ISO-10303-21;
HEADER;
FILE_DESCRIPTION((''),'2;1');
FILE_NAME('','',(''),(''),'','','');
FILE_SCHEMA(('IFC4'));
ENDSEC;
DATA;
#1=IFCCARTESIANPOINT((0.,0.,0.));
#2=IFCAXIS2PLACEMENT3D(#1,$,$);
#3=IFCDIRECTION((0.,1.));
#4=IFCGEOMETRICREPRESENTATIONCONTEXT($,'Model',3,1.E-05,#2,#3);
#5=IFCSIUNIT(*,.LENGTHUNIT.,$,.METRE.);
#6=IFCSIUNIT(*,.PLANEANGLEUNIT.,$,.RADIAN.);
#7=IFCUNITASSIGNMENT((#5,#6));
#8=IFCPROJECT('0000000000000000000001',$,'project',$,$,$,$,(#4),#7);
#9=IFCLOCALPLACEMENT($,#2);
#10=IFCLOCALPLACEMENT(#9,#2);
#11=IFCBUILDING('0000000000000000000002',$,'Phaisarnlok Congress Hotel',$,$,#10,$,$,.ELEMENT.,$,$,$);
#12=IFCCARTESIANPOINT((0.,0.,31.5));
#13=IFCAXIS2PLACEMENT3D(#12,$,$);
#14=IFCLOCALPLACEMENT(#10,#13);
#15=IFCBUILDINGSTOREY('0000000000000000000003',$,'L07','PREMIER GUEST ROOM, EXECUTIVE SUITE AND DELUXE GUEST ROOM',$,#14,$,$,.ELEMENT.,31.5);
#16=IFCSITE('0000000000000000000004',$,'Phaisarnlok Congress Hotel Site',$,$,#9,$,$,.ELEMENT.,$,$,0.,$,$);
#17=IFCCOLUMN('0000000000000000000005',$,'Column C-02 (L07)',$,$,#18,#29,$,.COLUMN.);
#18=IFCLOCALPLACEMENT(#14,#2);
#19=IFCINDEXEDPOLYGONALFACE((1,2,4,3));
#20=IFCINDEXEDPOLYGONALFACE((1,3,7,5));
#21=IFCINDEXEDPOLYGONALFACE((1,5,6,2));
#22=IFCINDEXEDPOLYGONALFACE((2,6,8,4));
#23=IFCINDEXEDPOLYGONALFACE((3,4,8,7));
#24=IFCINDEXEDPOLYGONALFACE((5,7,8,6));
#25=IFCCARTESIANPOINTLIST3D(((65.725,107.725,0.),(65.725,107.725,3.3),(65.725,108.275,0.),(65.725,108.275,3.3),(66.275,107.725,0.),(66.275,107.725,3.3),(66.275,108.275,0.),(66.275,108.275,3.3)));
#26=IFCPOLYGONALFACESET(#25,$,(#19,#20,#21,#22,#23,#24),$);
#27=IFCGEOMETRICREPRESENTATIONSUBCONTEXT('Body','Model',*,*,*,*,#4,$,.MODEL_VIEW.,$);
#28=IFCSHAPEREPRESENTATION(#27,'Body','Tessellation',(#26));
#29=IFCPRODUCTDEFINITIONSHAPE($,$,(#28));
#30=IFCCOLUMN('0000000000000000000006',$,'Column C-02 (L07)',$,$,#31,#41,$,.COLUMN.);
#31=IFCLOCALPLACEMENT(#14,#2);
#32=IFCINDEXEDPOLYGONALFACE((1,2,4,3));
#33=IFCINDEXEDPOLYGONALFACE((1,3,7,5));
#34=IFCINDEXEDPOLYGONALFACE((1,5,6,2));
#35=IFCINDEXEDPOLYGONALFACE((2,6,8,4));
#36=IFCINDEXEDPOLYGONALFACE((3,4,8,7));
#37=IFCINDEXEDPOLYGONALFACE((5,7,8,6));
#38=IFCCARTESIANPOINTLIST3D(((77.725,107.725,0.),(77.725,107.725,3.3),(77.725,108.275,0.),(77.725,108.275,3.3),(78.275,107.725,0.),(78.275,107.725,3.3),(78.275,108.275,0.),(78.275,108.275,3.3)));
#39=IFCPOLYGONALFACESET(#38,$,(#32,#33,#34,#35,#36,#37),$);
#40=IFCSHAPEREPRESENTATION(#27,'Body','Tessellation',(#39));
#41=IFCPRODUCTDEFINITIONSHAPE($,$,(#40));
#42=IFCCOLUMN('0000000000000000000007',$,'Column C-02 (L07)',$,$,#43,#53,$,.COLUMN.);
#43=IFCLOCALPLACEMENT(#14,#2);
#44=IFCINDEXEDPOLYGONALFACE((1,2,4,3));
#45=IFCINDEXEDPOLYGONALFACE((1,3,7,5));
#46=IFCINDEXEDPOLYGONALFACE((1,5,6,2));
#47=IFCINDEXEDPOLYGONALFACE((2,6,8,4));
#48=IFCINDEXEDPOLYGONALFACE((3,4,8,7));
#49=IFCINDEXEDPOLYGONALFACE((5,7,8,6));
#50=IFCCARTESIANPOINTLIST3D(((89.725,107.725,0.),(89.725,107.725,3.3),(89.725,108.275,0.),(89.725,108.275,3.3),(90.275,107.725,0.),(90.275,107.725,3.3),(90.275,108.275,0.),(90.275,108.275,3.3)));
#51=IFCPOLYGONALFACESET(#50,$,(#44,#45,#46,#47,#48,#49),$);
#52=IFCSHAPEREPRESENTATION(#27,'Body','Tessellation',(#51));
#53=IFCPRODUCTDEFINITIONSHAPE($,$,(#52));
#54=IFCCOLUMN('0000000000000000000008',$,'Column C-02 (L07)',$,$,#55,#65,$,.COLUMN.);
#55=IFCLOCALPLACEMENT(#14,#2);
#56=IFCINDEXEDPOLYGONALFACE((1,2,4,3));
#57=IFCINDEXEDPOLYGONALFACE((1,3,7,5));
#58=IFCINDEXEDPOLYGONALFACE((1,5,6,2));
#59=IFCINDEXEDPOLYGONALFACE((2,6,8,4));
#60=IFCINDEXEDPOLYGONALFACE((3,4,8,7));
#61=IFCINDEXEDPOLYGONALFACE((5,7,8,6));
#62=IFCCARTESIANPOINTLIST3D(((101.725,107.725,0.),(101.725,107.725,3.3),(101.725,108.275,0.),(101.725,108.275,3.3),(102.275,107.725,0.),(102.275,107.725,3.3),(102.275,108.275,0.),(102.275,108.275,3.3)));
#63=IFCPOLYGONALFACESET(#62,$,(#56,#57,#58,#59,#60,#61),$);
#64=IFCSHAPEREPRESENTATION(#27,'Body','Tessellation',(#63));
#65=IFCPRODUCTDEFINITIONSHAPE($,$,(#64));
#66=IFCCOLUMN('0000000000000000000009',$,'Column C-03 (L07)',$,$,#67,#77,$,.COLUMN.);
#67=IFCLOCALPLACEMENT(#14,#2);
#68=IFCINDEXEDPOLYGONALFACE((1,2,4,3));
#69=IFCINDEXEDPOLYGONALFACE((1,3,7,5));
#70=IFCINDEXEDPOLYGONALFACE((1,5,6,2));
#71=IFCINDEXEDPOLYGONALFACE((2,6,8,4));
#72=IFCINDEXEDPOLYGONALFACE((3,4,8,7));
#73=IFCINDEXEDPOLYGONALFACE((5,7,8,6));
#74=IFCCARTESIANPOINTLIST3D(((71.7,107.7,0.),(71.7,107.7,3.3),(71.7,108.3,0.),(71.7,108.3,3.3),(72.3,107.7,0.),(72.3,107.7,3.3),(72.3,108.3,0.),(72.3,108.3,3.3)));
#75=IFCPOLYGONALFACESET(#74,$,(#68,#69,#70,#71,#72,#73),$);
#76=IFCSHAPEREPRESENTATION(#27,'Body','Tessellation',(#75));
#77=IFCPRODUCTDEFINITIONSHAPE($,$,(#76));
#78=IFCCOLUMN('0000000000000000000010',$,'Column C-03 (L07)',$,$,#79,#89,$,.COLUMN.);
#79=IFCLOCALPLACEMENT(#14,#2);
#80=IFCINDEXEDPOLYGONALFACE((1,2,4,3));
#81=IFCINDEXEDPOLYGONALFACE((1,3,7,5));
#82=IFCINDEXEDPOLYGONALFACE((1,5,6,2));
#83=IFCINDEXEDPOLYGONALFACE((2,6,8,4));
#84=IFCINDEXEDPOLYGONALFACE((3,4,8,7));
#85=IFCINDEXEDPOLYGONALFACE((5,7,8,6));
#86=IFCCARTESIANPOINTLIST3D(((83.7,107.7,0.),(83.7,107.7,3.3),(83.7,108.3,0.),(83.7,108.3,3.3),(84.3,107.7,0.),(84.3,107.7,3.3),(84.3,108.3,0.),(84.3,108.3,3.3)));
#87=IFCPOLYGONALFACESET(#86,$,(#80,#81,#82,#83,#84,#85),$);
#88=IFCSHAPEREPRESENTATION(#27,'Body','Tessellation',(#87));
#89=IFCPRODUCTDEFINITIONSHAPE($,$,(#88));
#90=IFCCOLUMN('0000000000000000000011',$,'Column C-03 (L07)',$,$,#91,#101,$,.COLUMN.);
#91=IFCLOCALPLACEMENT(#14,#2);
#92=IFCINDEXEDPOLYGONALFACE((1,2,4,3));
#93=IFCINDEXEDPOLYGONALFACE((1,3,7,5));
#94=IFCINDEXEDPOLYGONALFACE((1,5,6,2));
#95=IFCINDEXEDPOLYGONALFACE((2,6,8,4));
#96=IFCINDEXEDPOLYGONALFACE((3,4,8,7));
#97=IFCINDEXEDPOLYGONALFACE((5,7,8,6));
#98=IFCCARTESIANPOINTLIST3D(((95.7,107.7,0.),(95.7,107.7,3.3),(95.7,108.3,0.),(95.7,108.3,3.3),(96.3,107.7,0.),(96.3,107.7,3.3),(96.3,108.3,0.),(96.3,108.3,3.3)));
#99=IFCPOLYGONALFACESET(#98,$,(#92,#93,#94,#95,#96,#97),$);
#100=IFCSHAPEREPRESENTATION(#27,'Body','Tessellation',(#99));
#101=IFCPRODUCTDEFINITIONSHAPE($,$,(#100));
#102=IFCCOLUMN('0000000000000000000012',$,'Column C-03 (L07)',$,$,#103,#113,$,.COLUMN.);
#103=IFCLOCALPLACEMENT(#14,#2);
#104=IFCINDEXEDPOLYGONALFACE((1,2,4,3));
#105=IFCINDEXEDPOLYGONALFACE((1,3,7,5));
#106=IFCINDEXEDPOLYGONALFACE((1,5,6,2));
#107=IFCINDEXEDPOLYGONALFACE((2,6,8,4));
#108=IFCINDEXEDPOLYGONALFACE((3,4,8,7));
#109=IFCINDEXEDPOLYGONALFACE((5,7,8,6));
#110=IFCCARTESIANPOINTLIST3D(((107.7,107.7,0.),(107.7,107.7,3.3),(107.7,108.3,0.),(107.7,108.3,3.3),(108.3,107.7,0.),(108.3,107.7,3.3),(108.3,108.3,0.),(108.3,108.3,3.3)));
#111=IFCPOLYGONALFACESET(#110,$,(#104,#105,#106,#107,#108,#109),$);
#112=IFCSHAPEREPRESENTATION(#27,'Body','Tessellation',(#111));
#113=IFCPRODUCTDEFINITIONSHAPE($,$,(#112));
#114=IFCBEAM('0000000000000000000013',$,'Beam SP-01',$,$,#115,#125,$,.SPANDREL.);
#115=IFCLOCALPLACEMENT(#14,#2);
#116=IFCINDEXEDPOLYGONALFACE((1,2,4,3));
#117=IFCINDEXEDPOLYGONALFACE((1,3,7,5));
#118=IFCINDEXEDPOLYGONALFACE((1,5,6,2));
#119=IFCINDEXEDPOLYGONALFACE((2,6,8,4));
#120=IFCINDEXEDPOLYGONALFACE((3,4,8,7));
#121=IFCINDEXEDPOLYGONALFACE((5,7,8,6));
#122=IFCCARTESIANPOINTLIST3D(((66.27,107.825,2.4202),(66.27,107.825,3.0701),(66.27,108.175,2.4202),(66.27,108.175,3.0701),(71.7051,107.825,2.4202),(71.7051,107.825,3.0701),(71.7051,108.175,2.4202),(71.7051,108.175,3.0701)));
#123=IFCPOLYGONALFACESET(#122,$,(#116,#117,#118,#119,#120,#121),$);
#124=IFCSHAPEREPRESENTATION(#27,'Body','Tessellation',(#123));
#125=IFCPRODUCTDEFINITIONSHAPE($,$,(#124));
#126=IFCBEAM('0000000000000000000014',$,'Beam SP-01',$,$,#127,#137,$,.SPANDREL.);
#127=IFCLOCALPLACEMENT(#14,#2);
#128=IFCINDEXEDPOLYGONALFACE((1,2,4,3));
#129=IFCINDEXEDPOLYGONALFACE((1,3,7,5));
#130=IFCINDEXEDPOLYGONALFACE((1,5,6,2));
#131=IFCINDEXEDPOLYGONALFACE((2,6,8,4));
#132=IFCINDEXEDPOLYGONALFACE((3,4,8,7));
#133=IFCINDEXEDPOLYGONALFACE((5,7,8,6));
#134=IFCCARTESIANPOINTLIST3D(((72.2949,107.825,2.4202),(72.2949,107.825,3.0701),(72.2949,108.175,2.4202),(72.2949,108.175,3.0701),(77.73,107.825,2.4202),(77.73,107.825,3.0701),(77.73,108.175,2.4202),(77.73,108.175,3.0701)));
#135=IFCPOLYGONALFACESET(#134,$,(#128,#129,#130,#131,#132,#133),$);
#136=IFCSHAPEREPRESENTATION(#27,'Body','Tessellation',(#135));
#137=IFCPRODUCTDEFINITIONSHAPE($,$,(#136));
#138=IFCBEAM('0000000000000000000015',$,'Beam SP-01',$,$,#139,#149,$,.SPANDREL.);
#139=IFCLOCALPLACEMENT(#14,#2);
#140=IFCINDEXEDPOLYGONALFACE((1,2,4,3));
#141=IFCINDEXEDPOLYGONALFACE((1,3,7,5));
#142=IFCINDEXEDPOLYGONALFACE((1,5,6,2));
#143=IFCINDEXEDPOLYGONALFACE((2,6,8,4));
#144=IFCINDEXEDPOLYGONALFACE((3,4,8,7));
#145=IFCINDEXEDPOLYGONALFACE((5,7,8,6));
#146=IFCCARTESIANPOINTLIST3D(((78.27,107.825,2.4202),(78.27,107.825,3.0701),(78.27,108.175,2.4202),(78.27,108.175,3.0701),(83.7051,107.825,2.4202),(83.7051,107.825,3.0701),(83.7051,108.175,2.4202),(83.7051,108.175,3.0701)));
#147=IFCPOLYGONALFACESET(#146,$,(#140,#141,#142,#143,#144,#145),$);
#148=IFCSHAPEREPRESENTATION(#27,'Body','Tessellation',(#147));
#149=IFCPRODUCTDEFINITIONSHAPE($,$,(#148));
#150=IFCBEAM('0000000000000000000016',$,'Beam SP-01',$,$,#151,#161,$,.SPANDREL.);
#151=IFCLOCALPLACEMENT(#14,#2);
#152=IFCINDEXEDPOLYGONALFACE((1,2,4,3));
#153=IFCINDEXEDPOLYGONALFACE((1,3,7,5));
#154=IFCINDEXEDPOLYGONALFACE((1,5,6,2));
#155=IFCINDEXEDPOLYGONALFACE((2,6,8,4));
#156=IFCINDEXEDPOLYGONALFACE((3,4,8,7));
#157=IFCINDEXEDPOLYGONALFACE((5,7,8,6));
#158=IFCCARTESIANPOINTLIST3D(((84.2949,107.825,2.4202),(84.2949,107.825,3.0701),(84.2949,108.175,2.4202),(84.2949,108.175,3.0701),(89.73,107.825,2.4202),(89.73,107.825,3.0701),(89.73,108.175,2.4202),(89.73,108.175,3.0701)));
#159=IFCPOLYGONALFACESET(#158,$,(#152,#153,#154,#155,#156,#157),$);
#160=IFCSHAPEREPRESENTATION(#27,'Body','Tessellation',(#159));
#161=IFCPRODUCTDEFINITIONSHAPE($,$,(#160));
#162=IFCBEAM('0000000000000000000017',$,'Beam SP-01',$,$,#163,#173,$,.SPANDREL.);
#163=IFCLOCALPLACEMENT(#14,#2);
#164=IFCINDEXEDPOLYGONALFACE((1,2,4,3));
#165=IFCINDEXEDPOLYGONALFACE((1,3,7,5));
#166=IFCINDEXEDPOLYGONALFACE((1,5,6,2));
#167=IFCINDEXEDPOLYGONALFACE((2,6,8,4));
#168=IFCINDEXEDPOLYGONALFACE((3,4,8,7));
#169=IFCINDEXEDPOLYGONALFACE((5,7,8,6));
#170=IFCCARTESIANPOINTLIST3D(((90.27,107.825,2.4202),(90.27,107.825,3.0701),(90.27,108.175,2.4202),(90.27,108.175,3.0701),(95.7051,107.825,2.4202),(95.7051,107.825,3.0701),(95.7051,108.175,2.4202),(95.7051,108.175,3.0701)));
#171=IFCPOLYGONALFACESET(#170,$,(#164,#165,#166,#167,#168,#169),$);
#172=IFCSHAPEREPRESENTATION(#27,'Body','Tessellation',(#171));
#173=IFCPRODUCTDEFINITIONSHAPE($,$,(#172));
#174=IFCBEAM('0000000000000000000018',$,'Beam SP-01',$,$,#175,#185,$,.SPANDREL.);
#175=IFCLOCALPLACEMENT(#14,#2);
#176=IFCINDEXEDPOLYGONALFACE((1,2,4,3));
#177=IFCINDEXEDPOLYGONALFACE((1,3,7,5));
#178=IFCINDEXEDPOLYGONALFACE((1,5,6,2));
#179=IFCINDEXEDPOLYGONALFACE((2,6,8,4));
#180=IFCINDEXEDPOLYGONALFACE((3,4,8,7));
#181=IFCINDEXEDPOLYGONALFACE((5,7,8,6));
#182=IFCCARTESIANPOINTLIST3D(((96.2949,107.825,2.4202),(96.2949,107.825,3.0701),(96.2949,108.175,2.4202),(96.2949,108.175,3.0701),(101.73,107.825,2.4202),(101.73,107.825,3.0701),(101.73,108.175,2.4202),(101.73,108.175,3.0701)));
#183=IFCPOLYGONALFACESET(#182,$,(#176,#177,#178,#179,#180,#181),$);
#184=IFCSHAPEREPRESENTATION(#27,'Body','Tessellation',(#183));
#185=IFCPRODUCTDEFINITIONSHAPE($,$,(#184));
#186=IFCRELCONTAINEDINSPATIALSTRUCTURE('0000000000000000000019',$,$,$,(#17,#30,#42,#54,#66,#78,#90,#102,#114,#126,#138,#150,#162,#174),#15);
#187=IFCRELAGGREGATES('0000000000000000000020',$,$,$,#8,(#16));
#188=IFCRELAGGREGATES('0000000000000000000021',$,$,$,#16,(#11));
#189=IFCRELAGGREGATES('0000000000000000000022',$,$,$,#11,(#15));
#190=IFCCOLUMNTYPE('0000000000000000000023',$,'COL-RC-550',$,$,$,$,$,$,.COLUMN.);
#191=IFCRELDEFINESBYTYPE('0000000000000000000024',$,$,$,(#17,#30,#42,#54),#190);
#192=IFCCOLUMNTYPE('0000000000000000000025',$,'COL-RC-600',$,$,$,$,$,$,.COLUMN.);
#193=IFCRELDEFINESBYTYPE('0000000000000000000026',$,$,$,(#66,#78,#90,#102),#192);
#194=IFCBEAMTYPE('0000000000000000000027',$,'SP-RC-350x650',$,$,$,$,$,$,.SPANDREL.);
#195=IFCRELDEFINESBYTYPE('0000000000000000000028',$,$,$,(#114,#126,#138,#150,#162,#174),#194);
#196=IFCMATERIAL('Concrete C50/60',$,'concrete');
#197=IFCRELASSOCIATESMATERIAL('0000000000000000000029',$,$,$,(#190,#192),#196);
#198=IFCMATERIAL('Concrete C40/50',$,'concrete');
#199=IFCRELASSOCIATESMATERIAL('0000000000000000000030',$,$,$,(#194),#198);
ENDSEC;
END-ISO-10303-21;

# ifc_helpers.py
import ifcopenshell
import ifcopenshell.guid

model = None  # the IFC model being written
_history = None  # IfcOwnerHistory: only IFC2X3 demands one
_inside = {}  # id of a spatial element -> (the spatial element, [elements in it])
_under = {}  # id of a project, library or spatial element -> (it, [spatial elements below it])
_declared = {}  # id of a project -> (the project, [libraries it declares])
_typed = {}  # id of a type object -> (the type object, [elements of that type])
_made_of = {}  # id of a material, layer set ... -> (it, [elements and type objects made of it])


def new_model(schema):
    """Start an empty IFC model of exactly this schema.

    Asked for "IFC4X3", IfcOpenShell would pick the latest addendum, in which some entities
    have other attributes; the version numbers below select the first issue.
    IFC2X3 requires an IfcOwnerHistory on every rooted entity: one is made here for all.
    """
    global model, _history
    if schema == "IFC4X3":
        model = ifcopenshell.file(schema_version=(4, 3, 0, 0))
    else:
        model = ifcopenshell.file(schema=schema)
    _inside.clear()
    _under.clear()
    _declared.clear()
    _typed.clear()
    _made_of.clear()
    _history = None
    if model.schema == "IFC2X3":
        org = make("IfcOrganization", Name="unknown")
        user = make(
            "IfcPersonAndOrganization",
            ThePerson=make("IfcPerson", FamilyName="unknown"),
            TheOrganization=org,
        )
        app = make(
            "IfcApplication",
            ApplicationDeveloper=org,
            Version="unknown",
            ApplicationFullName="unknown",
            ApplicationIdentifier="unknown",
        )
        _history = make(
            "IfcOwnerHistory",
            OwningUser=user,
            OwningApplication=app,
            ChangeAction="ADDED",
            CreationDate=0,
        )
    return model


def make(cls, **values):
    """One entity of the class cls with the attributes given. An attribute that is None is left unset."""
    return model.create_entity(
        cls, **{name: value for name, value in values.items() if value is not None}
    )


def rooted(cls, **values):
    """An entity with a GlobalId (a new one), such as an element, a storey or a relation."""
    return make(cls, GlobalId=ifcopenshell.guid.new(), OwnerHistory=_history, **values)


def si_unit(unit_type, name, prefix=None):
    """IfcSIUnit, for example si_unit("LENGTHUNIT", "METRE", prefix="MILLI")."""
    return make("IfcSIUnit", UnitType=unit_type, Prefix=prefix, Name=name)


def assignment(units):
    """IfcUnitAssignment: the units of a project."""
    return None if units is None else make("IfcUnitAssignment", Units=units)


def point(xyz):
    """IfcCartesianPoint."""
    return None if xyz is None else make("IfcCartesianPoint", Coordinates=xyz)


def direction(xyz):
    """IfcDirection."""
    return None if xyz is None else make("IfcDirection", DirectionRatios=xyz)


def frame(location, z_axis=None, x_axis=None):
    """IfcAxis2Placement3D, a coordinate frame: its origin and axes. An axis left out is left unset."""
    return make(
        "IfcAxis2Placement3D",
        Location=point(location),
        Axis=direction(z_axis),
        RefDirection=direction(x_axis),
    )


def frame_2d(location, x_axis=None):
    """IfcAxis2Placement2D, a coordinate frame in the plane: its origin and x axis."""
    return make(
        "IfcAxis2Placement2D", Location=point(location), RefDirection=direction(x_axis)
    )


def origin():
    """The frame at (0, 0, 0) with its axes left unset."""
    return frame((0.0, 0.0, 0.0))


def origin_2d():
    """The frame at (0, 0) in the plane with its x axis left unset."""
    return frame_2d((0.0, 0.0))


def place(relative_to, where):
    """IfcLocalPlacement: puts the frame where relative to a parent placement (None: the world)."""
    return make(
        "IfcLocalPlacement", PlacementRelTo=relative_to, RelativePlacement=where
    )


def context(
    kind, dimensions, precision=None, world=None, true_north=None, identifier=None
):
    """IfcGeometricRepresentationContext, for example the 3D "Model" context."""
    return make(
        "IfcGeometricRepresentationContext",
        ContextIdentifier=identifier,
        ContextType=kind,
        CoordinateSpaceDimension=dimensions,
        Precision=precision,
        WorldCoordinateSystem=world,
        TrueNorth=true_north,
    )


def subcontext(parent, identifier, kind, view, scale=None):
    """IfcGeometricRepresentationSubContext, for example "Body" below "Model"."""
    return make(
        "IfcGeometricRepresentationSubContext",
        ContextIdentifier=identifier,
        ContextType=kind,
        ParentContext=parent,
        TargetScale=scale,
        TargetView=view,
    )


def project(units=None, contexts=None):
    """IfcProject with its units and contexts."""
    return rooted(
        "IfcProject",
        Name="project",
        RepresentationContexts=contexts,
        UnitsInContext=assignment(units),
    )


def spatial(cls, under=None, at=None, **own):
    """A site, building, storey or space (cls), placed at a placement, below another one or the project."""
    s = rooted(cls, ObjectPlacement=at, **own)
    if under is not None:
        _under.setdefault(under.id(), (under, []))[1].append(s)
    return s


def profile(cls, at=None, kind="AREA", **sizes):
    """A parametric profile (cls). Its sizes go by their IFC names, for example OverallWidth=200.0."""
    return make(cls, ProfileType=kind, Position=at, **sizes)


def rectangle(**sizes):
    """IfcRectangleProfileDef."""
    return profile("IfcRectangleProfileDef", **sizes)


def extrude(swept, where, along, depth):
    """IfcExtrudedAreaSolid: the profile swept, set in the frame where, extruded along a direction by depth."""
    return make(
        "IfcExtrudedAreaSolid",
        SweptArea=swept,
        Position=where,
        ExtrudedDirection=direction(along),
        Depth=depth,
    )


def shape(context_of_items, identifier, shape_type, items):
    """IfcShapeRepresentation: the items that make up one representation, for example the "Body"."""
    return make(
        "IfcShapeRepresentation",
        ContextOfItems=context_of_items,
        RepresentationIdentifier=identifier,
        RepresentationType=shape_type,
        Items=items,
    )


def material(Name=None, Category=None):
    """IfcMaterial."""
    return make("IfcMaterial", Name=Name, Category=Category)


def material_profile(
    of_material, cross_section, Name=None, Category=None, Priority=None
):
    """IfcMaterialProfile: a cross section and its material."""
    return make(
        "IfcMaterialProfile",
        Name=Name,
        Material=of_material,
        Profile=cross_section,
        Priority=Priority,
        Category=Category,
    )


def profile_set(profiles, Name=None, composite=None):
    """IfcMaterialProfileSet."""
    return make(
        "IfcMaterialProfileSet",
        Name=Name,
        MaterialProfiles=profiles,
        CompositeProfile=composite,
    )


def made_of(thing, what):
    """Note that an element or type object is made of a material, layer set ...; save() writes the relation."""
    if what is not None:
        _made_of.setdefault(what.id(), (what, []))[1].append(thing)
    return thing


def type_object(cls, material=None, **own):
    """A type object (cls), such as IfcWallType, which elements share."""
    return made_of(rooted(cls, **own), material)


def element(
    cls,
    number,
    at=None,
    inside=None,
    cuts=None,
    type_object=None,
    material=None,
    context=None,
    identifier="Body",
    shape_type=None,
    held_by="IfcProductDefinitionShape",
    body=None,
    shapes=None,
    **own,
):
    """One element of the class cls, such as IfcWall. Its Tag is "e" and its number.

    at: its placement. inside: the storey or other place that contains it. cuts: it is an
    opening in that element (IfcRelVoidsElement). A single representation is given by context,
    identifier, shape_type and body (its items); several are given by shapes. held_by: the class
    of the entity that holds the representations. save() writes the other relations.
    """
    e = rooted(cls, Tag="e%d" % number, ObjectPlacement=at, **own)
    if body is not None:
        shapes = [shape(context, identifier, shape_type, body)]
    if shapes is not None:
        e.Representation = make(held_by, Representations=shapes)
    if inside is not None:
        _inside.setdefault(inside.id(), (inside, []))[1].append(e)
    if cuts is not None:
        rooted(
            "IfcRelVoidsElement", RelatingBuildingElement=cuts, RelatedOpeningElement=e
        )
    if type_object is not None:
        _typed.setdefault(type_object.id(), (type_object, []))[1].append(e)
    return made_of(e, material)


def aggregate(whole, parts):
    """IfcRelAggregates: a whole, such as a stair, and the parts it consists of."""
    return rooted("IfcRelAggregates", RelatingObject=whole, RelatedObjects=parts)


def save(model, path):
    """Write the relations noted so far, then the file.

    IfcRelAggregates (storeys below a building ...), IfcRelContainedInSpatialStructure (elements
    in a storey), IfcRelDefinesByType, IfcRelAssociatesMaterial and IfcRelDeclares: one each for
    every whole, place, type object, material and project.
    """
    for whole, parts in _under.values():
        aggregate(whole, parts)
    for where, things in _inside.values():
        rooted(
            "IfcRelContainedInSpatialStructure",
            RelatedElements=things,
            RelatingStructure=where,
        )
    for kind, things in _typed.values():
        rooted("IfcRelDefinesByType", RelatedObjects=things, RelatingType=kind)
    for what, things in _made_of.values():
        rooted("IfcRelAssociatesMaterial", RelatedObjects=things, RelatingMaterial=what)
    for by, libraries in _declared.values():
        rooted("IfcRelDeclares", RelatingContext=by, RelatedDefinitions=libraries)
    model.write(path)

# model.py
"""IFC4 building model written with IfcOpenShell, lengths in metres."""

from ifc_helpers import new_model, si_unit, direction, frame, origin, origin_2d, place, context, subcontext, project, spatial, rectangle, extrude, material, material_profile, profile_set, type_object, element, save


model = new_model("IFC4")

# Units and contexts
model_context = context("Model", 3, precision=1e-05, world=origin(), true_north=direction((0.0, 1.0)))
body_context = subcontext(model_context, "Body", "Model", "MODEL_VIEW")
ifc_project = project(units=[si_unit("LENGTHUNIT", "METRE"), si_unit("PLANEANGLEUNIT", "RADIAN")], contexts=[model_context])

# Site, building, storey
site_placement = place(None, origin())
site = spatial("IfcSite", under=ifc_project, at=site_placement, Name="Phaisarnlok Congress Hotel Site", CompositionType="ELEMENT", RefElevation=0.0)
building_placement = place(site_placement, origin())
building = spatial("IfcBuilding", under=site, at=building_placement, Name="Phaisarnlok Congress Hotel", CompositionType="ELEMENT")
storey_placement = place(building_placement, frame((0.0, 0.0, 31.5)))
storey = spatial("IfcBuildingStorey", under=building, at=storey_placement, Name="L07", Description="PREMIER GUEST ROOM, EXECUTIVE SUITE AND DELUXE GUEST ROOM", CompositionType="ELEMENT", Elevation=31.5)

# Columns
ifc_material_1 = material(Name="Concrete C50/60", Category="concrete")
ifc_material_profile_1 = material_profile(ifc_material_1, rectangle(XDim=0.55, YDim=0.55, at=origin_2d()), Name="RC 550x550")
ifc_profile_set_1 = profile_set([ifc_material_profile_1], Name="Concrete C50/60")
column_type_1 = type_object("IfcColumnType", Name="COL-RC-550", PredefinedType="COLUMN", material=ifc_profile_set_1)
for number, where, z_axis, x_axis, name in (
    (1, (66.0, 108.0, 0.0), (0.0, 0.0, 1.0), (1.0, 0.0, 0.0), "Column C-02 (L07)"),
    (2, (78.0, 108.0, 0.0), (0.0, 0.0, 1.0), (1.0, 0.0, 0.0), "Column C-02 (L07)"),
    (3, (90.0, 108.0, 0.0), (0.0, 0.0, 1.0), (1.0, 0.0, 0.0), "Column C-02 (L07)"),
    (4, (102.0, 108.0, 0.0), (0.0, 0.0, 1.0), (1.0, 0.0, 0.0), "Column C-02 (L07)"),
):
    element("IfcColumn", number, at=place(storey_placement, frame(where, z_axis=z_axis, x_axis=x_axis)), inside=storey, type_object=column_type_1, Name=name, PredefinedType="COLUMN", context=body_context, shape_type="SweptSolid", body=[
        extrude(rectangle(XDim=0.55, YDim=0.55, at=origin_2d()), origin(), (0.0, 0.0, 1.0), 3.3),
    ])
ifc_material_profile_2 = material_profile(ifc_material_1, rectangle(XDim=0.6001, YDim=0.6001, at=origin_2d()), Name="RC 600x600")
ifc_profile_set_2 = profile_set([ifc_material_profile_2], Name="Concrete C50/60")
column_type_2 = type_object("IfcColumnType", Name="COL-RC-600", PredefinedType="COLUMN", material=ifc_profile_set_2)
for number, where, z_axis, x_axis, name in (
    (5, (72.0, 108.0, 0.0), (0.0, 0.0, 1.0), (1.0, 0.0, 0.0), "Column C-03 (L07)"),
    (6, (84.0, 108.0, 0.0), (0.0, 0.0, 1.0), (1.0, 0.0, 0.0), "Column C-03 (L07)"),
    (7, (96.0, 108.0, 0.0), (0.0, 0.0, 1.0), (1.0, 0.0, 0.0), "Column C-03 (L07)"),
    (8, (108.0, 108.0, 0.0), (0.0, 0.0, 1.0), (1.0, 0.0, 0.0), "Column C-03 (L07)"),
):
    element("IfcColumn", number, at=place(storey_placement, frame(where, z_axis=z_axis, x_axis=x_axis)), inside=storey, type_object=column_type_2, Name=name, PredefinedType="COLUMN", context=body_context, shape_type="SweptSolid", body=[
        extrude(rectangle(XDim=0.6001, YDim=0.6001, at=origin_2d()), origin(), (0.0, 0.0, 1.0), 3.3),
    ])

# Beams
ifc_material_2 = material(Name="Concrete C40/50", Category="concrete")
ifc_material_profile_3 = material_profile(ifc_material_2, rectangle(XDim=0.3501, YDim=0.6499, at=origin_2d()), Name="RC 350x650")
ifc_profile_set_3 = profile_set([ifc_material_profile_3], Name="Concrete C40/50")
beam_type = type_object("IfcBeamType", Name="SP-RC-350x650", PredefinedType="SPANDREL", material=ifc_profile_set_3)
for number, where, z_axis, x_axis, name in (
    (9, (66.27, 108.0, 2.7451), (1.0, 0.0, 0.0), (0.0, 1.0, 0.0), "Beam SP-01"),
    (10, (72.2949, 108.0, 2.7451), (1.0, 0.0, 0.0), (0.0, 1.0, 0.0), "Beam SP-01"),
    (11, (78.27, 108.0, 2.7451), (1.0, 0.0, 0.0), (0.0, 1.0, 0.0), "Beam SP-01"),
    (12, (84.2949, 108.0, 2.7451), (1.0, 0.0, 0.0), (0.0, 1.0, 0.0), "Beam SP-01"),
    (13, (90.27, 108.0, 2.7451), (1.0, 0.0, 0.0), (0.0, 1.0, 0.0), "Beam SP-01"),
    (14, (96.2949, 108.0, 2.7451), (1.0, 0.0, 0.0), (0.0, 1.0, 0.0), "Beam SP-01"),
):
    element("IfcBeam", number, at=place(storey_placement, frame(where, z_axis=z_axis, x_axis=x_axis)), inside=storey, type_object=beam_type, Name=name, PredefinedType="SPANDREL", context=body_context, shape_type="SweptSolid", body=[
        extrude(rectangle(XDim=0.3501, YDim=0.6499, at=origin_2d()), origin(), (0.0, 0.0, 1.0), 5.4351),
    ])

save(model, "model.ifc")
